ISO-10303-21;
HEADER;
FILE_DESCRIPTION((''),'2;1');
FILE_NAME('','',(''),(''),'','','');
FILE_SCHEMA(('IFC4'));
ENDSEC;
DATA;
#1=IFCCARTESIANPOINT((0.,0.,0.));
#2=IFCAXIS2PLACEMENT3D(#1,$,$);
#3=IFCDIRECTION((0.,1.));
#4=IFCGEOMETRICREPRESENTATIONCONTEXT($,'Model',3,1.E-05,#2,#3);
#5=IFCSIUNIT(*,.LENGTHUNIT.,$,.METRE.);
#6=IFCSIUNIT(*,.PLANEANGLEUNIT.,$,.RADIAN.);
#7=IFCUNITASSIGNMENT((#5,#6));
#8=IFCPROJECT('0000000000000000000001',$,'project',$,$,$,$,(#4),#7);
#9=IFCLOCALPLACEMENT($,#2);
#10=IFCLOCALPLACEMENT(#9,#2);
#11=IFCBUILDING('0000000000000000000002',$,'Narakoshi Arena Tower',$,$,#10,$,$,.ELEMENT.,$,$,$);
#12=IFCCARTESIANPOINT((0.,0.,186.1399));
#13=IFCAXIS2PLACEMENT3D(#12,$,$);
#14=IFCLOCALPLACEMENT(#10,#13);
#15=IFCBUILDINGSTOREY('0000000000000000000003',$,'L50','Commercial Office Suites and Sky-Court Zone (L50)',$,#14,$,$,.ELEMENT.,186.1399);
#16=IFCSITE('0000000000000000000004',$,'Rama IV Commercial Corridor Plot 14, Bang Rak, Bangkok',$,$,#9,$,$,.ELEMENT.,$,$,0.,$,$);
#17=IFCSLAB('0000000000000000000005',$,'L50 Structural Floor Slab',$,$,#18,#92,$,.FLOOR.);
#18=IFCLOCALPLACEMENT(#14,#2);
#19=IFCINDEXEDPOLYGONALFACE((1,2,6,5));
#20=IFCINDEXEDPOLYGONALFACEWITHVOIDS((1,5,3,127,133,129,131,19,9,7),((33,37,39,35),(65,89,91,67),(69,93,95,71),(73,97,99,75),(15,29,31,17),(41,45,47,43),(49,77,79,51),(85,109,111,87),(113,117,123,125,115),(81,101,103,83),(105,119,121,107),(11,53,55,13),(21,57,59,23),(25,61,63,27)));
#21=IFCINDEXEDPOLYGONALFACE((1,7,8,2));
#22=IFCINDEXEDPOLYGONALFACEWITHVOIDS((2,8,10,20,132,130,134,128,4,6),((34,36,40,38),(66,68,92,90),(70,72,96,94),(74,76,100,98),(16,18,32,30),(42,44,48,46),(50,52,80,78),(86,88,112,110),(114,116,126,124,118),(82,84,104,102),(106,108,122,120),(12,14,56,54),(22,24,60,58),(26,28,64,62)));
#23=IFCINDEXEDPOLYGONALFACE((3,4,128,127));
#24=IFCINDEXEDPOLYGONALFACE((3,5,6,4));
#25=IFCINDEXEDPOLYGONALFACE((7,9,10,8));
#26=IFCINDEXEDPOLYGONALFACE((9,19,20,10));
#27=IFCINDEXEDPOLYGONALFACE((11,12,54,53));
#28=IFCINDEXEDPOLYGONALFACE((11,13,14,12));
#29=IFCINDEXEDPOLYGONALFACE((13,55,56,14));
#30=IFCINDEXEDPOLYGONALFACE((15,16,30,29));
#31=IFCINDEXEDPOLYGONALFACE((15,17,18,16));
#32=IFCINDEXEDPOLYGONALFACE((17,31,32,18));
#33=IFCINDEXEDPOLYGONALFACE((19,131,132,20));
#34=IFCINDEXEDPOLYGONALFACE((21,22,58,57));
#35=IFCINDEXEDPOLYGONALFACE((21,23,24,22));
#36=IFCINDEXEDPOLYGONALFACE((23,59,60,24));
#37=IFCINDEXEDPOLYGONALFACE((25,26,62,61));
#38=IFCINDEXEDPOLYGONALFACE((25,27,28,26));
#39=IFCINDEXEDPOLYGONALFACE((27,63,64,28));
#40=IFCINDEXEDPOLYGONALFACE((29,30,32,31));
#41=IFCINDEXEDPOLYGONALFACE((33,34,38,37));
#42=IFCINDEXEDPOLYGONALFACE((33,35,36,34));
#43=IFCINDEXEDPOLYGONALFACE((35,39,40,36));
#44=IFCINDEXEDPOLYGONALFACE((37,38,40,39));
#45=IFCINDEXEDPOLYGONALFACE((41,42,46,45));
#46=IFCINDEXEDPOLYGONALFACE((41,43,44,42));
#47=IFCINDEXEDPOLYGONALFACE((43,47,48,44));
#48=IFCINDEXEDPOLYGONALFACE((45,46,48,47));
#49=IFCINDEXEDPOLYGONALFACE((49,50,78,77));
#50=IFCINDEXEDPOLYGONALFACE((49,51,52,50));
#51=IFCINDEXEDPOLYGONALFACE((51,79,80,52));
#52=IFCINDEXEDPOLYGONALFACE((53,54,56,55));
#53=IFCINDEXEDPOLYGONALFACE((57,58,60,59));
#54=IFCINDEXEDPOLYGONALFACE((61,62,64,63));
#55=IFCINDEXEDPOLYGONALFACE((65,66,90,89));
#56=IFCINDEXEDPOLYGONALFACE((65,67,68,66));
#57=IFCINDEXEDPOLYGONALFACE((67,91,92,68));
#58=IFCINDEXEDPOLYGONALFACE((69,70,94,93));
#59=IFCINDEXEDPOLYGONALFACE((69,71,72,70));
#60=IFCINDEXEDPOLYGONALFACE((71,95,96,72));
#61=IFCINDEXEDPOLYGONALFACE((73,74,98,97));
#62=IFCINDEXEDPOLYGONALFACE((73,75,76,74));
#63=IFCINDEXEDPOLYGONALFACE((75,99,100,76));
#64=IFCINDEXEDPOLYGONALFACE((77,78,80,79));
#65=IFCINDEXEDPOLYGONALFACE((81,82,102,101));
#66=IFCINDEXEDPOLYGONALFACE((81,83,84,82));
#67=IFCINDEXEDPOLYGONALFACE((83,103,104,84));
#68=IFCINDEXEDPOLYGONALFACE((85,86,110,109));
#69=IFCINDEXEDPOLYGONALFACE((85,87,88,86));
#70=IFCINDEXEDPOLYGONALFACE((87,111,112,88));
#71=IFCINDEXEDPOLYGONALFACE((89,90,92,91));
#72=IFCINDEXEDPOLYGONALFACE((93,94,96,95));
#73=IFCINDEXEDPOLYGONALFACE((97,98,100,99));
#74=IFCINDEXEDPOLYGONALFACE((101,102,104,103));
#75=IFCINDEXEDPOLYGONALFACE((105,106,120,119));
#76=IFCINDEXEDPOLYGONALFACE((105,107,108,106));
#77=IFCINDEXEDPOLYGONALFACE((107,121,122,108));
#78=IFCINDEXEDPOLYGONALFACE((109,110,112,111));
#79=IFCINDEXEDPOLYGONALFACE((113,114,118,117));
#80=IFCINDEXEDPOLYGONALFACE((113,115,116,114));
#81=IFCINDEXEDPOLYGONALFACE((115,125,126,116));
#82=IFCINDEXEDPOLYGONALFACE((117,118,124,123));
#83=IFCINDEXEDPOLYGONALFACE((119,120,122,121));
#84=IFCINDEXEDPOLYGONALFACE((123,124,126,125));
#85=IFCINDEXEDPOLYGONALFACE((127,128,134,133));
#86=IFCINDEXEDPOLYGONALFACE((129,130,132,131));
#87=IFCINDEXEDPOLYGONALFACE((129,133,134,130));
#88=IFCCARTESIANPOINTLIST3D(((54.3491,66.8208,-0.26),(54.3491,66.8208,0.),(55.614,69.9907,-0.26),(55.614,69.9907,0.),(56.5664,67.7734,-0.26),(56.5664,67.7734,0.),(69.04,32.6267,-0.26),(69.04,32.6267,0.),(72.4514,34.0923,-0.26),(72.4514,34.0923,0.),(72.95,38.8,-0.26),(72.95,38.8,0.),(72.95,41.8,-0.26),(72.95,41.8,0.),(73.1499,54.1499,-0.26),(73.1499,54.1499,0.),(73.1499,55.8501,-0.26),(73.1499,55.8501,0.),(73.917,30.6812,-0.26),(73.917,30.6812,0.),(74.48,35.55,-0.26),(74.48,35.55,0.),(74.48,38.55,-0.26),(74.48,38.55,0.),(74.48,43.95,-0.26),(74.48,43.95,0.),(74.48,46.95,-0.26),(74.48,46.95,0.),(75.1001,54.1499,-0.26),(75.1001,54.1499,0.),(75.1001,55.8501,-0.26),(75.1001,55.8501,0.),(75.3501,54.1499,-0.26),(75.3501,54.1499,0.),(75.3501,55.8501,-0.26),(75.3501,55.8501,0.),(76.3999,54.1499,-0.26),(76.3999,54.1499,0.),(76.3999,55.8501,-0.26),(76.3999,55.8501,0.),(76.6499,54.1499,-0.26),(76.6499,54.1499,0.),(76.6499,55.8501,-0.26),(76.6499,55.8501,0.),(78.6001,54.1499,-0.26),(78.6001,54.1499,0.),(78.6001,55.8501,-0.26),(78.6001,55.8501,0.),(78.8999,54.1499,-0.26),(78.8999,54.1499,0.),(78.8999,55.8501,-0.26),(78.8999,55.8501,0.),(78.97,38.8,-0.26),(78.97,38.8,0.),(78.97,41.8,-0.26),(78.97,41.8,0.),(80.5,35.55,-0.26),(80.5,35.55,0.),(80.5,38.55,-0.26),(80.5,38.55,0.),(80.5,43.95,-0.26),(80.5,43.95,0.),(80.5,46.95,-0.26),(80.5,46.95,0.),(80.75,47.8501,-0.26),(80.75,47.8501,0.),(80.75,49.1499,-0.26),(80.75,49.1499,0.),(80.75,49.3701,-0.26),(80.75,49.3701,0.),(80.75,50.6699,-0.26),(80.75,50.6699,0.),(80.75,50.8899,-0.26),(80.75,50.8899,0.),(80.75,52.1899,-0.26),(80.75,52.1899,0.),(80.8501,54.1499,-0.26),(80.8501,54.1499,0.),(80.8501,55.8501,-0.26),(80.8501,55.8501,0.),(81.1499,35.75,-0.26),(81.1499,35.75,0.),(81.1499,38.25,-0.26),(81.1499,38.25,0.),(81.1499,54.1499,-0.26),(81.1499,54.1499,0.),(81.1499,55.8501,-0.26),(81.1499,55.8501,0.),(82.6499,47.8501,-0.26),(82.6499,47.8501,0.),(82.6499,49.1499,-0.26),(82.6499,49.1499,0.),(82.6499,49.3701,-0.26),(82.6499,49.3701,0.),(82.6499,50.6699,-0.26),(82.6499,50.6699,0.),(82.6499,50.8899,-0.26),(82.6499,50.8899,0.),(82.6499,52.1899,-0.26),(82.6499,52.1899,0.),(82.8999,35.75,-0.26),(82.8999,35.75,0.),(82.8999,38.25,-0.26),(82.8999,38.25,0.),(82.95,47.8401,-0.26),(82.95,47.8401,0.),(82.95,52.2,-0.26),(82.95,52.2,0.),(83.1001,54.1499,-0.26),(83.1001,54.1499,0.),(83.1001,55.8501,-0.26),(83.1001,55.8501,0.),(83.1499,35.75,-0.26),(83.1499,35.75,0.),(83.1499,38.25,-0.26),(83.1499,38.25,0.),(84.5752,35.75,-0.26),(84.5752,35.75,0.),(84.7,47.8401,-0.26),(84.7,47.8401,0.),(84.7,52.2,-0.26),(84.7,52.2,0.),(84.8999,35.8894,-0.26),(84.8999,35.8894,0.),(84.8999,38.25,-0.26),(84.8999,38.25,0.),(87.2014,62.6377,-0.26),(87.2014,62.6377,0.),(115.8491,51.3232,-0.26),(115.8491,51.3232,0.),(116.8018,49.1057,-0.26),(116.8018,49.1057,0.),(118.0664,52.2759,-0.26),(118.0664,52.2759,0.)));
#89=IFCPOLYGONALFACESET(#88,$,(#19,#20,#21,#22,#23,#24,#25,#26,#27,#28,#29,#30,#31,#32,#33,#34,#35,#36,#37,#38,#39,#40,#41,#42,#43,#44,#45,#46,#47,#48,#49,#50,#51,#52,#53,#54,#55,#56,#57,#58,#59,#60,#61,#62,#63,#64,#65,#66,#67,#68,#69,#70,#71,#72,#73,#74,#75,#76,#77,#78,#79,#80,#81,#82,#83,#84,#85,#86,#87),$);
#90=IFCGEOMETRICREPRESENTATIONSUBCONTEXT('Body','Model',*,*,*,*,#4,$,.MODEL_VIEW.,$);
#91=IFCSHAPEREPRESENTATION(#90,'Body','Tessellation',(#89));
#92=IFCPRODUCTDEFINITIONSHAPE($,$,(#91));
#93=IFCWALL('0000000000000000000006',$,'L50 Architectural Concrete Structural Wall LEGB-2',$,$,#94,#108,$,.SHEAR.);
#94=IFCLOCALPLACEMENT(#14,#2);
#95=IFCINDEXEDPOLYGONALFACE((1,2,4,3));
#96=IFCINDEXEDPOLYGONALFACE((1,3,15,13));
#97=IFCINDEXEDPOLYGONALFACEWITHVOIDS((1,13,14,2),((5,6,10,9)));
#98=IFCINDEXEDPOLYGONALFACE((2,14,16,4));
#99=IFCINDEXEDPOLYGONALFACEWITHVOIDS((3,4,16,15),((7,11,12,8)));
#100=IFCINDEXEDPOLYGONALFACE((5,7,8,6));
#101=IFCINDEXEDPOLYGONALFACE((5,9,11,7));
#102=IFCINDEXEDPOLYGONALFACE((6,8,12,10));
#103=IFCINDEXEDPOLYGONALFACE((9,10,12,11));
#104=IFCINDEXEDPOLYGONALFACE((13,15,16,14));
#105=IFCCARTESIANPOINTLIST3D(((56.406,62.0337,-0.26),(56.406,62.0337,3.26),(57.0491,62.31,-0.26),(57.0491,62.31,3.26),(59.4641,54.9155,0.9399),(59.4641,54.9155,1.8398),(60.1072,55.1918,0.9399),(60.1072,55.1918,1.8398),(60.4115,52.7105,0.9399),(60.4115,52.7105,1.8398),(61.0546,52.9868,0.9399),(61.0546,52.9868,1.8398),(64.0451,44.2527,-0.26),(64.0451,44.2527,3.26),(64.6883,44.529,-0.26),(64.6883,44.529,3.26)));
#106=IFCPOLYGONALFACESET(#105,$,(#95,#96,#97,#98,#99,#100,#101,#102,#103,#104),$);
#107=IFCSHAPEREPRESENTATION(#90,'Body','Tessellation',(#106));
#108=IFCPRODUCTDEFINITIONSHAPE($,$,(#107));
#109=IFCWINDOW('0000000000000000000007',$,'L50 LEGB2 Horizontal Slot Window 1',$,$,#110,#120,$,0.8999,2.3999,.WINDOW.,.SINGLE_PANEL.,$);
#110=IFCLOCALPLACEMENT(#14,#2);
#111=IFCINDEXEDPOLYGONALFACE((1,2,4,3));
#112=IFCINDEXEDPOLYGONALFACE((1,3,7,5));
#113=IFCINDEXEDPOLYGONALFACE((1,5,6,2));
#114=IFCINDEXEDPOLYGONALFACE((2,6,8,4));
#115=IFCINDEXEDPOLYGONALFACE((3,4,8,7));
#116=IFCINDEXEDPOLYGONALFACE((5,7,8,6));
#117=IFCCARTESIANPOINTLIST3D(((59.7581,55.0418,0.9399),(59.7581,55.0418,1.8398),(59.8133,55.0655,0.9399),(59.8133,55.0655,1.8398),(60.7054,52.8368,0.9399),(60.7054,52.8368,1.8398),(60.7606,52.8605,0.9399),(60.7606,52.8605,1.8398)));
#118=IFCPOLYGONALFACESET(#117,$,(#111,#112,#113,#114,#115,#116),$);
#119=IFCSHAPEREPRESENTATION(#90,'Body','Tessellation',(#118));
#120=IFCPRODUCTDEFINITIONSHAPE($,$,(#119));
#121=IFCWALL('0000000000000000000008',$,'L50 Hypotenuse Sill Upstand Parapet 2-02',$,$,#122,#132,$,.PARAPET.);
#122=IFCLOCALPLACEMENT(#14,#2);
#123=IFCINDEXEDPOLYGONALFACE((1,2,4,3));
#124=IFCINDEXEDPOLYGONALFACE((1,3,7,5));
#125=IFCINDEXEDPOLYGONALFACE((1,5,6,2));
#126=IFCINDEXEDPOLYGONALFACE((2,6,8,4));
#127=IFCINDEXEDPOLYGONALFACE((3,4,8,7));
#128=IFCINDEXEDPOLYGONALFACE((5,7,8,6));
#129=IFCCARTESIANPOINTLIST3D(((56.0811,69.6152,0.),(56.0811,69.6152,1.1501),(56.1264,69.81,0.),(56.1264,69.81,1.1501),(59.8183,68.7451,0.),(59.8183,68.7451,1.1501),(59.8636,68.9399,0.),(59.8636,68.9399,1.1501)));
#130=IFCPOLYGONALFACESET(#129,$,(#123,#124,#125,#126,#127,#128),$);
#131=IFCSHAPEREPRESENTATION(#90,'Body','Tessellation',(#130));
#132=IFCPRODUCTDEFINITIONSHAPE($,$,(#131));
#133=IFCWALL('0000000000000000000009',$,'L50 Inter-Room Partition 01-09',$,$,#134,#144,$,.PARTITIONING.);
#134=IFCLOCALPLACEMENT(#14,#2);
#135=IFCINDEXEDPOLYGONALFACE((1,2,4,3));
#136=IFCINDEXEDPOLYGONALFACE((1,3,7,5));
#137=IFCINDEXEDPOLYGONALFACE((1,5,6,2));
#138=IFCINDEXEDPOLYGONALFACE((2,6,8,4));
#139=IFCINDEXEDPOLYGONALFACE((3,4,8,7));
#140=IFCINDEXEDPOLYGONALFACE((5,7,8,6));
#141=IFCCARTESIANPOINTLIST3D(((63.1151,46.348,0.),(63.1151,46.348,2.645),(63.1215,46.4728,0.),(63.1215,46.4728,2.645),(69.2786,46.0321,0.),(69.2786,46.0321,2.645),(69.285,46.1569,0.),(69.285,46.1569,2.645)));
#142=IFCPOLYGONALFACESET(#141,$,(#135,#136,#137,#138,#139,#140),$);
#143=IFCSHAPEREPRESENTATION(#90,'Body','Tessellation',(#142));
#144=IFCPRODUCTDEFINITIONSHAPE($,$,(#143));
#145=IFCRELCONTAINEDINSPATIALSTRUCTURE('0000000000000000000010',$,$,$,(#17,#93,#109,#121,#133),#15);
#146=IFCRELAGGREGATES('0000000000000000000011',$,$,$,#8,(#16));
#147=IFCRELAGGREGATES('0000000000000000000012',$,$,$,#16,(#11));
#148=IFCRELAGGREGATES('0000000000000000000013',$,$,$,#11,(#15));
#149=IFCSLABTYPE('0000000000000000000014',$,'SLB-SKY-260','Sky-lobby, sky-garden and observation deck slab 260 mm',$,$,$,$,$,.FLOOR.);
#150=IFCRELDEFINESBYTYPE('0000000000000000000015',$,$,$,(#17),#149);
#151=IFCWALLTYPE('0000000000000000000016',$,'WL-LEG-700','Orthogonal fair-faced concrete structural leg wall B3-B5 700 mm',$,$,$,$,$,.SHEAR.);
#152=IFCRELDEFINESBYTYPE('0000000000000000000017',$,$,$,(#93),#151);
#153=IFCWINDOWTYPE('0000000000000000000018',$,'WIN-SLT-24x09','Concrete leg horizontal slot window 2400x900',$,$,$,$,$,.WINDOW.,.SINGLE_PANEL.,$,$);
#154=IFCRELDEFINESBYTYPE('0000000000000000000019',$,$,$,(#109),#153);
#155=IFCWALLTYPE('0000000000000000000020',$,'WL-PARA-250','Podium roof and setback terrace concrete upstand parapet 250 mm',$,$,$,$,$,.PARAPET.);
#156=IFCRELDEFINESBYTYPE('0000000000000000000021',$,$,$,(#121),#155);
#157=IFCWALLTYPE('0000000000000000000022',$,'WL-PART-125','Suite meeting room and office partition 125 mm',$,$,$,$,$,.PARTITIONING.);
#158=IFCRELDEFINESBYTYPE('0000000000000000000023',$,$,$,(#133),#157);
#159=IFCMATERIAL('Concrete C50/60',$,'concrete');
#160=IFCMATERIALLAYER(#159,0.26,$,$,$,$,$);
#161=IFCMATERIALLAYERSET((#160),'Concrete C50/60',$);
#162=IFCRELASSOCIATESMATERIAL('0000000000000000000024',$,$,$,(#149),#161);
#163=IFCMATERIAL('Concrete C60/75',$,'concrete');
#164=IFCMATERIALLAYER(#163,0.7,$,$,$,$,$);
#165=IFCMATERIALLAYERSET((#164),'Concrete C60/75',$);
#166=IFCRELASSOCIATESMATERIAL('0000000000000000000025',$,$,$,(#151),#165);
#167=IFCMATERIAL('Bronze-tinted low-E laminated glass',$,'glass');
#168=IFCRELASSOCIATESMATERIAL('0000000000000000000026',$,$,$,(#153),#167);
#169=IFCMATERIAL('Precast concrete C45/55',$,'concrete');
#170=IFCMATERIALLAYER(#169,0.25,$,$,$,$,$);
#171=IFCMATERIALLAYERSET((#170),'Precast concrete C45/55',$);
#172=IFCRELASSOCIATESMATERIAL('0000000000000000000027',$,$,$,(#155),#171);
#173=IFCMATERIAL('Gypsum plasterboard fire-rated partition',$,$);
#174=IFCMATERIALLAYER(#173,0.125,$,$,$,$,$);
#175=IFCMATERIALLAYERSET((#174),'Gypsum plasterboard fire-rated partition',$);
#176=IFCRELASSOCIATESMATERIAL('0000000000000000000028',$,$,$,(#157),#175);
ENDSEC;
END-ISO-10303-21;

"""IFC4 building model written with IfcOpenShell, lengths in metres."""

from ifc_helpers import new_model, si_unit, direction, frame, frame_2d, origin, place, context, subcontext, project, spatial, polyline, rectangle, outline, extrude, material, layer, layer_set, type_object, element, fill, save


model = new_model("IFC4")

# Units and contexts
model_context = context("Model", 3, precision=1e-05, world=origin(), true_north=direction((0.0, 1.0)))
body_context = subcontext(model_context, "Body", "Model", "MODEL_VIEW")
ifc_project = project(units=[si_unit("LENGTHUNIT", "METRE"), si_unit("PLANEANGLEUNIT", "RADIAN")], contexts=[model_context])

# Site, building, storey
site_placement = place(None, origin())
site = spatial("IfcSite", under=ifc_project, at=site_placement, Name="Rama IV Commercial Corridor Plot 14, Bang Rak, Bangkok", CompositionType="ELEMENT", RefElevation=0.0)
building_placement = place(site_placement, origin())
building = spatial("IfcBuilding", under=site, at=building_placement, Name="Narakoshi Arena Tower", CompositionType="ELEMENT")
storey_placement = place(building_placement, frame((0.0, 0.0, 186.1399)))
storey = spatial("IfcBuildingStorey", under=building, at=storey_placement, Name="L50", Description="Commercial Office Suites and Sky-Court Zone (L50)", CompositionType="ELEMENT", Elevation=186.1399)

# Shared definitions
ifc_material_1 = material(Name="Concrete C50/60", Category="concrete")

# Shared definitions
ifc_material_2 = material(Name="Bronze-tinted low-E laminated glass", Category="glass")

# Slab
ifc_layer_1 = layer(ifc_material_1, 0.26)
ifc_layer_set_1 = layer_set([ifc_layer_1], Name="Concrete C50/60")
slab_type_1 = type_object("IfcSlabType", Name="SLB-SKY-260", Description="Sky-lobby, sky-garden and observation deck slab 260 mm", PredefinedType="FLOOR", material=ifc_layer_set_1)
slab_1_placement = place(storey_placement, frame((0.0, 0.0, -0.26)))
element("IfcSlab", 1, at=slab_1_placement, inside=storey, type_object=slab_type_1, Name="L50 Structural Floor Slab", PredefinedType="FLOOR", context=body_context, shape_type="SweptSolid", body=[
    extrude(outline(polyline([(73.917, 30.6812), (116.8018, 49.1057), (115.8491, 51.3232), (118.0664, 52.2759), (87.2014, 62.6377), (55.614, 69.9907), (56.5664, 67.7734), (54.3491, 66.8208), (69.04, 32.6267), (72.4514, 34.0923), (73.917, 30.6812)]), holes=[polyline([(80.5, 35.55), (74.48, 35.55), (74.48, 38.55), (80.5, 38.55), (80.5, 35.55)]), polyline([(82.8999, 35.75), (81.1499, 35.75), (81.1499, 38.25), (82.8999, 38.25), (82.8999, 35.75)]), polyline([(84.5752, 35.75), (83.1499, 35.75), (83.1499, 38.25), (84.8999, 38.25), (84.8999, 35.8894), (84.5752, 35.75)]), polyline([(72.95, 38.8), (72.95, 41.8), (78.97, 41.8), (78.97, 38.8), (72.95, 38.8)]), polyline([(74.48, 43.95), (74.48, 46.95), (80.5, 46.95), (80.5, 43.95), (74.48, 43.95)]), polyline([(82.95, 47.8401), (82.95, 52.2), (84.7, 52.2), (84.7, 47.8401), (82.95, 47.8401)]), polyline([(80.75, 47.8501), (80.75, 49.1499), (82.6499, 49.1499), (82.6499, 47.8501), (80.75, 47.8501)]), polyline([(80.75, 49.3701), (80.75, 50.6699), (82.6499, 50.6699), (82.6499, 49.3701), (80.75, 49.3701)]), polyline([(80.75, 50.8899), (80.75, 52.1899), (82.6499, 52.1899), (82.6499, 50.8899), (80.75, 50.8899)]), polyline([(73.1499, 54.1499), (73.1499, 55.8501), (75.1001, 55.8501), (75.1001, 54.1499), (73.1499, 54.1499)]), polyline([(75.3501, 54.1499), (75.3501, 55.8501), (76.3999, 55.8501), (76.3999, 54.1499), (75.3501, 54.1499)]), polyline([(76.6499, 54.1499), (76.6499, 55.8501), (78.6001, 55.8501), (78.6001, 54.1499), (76.6499, 54.1499)]), polyline([(78.8999, 54.1499), (78.8999, 55.8501), (80.8501, 55.8501), (80.8501, 54.1499), (78.8999, 54.1499)]), polyline([(81.1499, 54.1499), (81.1499, 55.8501), (83.1001, 55.8501), (83.1001, 54.1499), (81.1499, 54.1499)])]), origin(), (0.0, 0.0, 1.0), 0.26),
])

# Wall, opening, window
ifc_material_3 = material(Name="Concrete C60/75", Category="concrete")
ifc_layer_2 = layer(ifc_material_3, 0.7)
ifc_layer_set_2 = layer_set([ifc_layer_2], Name="Concrete C60/75")
wall_type_1 = type_object("IfcWallType", Name="WL-LEG-700", Description="Orthogonal fair-faced concrete structural leg wall B3-B5 700 mm", PredefinedType="SHEAR", material=ifc_layer_set_2)
wall_1_placement = place(storey_placement, frame((56.7275, 62.1719, -0.26), z_axis=(0.0, 0.0, 1.0), x_axis=(0.394737, -0.918794, 0.0)))
wall_1 = element("IfcWall", 2, at=wall_1_placement, inside=storey, type_object=wall_type_1, Name="L50 Architectural Concrete Structural Wall LEGB-2", PredefinedType="SHEAR", context=body_context, shape_type="SweptSolid", body=[
    extrude(rectangle(XDim=19.3525, YDim=0.7, at=frame_2d((9.6763, 0.0))), origin(), (0.0, 0.0, 1.0), 3.52),
])
opening_1_placement = place(wall_1_placement, frame((7.7473, 0.0, 1.2)))
opening_1 = element("IfcOpeningElement", 3, at=opening_1_placement, cuts=wall_1, PredefinedType="OPENING", context=body_context, shape_type="SweptSolid", body=[
    extrude(rectangle(XDim=2.3999, YDim=0.8999, at=frame_2d((1.2, 0.45))), frame((0.0, 0.3599, 0.0), z_axis=(0.0, -1.0, 0.0), x_axis=(1.0, 0.0, 0.0)), (0.0, 0.0, 1.0), 0.72),
])
window_type_1 = type_object("IfcWindowType", Name="WIN-SLT-24x09", Description="Concrete leg horizontal slot window 2400x900", PartitioningType="SINGLE_PANEL", PredefinedType="WINDOW", material=ifc_material_2)
window_1_placement = place(opening_1_placement, origin())
window_1 = element("IfcWindow", 4, at=window_1_placement, inside=storey, type_object=window_type_1, Name="L50 LEGB2 Horizontal Slot Window 1", OverallHeight=0.8999, OverallWidth=2.3999, PartitioningType="SINGLE_PANEL", PredefinedType="WINDOW", context=body_context, shape_type="SweptSolid", body=[
    extrude(rectangle(XDim=2.3999, YDim=0.8999, at=frame_2d((1.2, 0.45))), frame((0.0, 0.03, 0.0), z_axis=(0.0, -1.0, 0.0), x_axis=(1.0, 0.0, 0.0)), (0.0, 0.0, 1.0), 0.0601),
])
fill(opening_1, window_1)

# Walls
ifc_material_4 = material(Name="Precast concrete C45/55", Category="concrete")
ifc_layer_3 = layer(ifc_material_4, 0.25)
ifc_layer_set_3 = layer_set([ifc_layer_3], Name="Precast concrete C45/55")
wall_type_2 = type_object("IfcWallType", Name="WL-PARA-250", Description="Podium roof and setback terrace concrete upstand parapet 250 mm", PredefinedType="PARAPET", material=ifc_layer_set_3)
wall_2_placement = place(storey_placement, frame((59.8408, 68.8425, 0.0), z_axis=(0.0, 0.0, 1.0), x_axis=(-0.973952, 0.226755, 0.0)))
element("IfcWall", 5, at=wall_2_placement, inside=storey, type_object=wall_type_2, Name="L50 Hypotenuse Sill Upstand Parapet 2-02", PredefinedType="PARAPET", context=body_context, shape_type="SweptSolid", body=[
    extrude(rectangle(XDim=3.8372, YDim=0.2, at=frame_2d((1.9185, 0.0))), origin(), (0.0, 0.0, 1.0), 1.1501),
])
ifc_material_5 = material(Name="Gypsum plasterboard fire-rated partition")
ifc_layer_4 = layer(ifc_material_5, 0.125)
ifc_layer_set_4 = layer_set([ifc_layer_4], Name="Gypsum plasterboard fire-rated partition")
wall_type_3 = type_object("IfcWallType", Name="WL-PART-125", Description="Suite meeting room and office partition 125 mm", PredefinedType="PARTITIONING", material=ifc_layer_set_4)
wall_3_placement = place(storey_placement, frame((63.1182, 46.4104, 0.0), z_axis=(0.0, 0.0, 1.0), x_axis=(0.998689, -0.051188, 0.0)))
element("IfcWall", 6, at=wall_3_placement, inside=storey, type_object=wall_type_3, Name="L50 Inter-Room Partition 01-09", PredefinedType="PARTITIONING", context=body_context, shape_type="SweptSolid", body=[
    extrude(rectangle(XDim=6.1716, YDim=0.125, at=frame_2d((3.0859, 0.0))), origin(), (0.0, 0.0, 1.0), 2.645),
])

save(model, "model.ifc")
